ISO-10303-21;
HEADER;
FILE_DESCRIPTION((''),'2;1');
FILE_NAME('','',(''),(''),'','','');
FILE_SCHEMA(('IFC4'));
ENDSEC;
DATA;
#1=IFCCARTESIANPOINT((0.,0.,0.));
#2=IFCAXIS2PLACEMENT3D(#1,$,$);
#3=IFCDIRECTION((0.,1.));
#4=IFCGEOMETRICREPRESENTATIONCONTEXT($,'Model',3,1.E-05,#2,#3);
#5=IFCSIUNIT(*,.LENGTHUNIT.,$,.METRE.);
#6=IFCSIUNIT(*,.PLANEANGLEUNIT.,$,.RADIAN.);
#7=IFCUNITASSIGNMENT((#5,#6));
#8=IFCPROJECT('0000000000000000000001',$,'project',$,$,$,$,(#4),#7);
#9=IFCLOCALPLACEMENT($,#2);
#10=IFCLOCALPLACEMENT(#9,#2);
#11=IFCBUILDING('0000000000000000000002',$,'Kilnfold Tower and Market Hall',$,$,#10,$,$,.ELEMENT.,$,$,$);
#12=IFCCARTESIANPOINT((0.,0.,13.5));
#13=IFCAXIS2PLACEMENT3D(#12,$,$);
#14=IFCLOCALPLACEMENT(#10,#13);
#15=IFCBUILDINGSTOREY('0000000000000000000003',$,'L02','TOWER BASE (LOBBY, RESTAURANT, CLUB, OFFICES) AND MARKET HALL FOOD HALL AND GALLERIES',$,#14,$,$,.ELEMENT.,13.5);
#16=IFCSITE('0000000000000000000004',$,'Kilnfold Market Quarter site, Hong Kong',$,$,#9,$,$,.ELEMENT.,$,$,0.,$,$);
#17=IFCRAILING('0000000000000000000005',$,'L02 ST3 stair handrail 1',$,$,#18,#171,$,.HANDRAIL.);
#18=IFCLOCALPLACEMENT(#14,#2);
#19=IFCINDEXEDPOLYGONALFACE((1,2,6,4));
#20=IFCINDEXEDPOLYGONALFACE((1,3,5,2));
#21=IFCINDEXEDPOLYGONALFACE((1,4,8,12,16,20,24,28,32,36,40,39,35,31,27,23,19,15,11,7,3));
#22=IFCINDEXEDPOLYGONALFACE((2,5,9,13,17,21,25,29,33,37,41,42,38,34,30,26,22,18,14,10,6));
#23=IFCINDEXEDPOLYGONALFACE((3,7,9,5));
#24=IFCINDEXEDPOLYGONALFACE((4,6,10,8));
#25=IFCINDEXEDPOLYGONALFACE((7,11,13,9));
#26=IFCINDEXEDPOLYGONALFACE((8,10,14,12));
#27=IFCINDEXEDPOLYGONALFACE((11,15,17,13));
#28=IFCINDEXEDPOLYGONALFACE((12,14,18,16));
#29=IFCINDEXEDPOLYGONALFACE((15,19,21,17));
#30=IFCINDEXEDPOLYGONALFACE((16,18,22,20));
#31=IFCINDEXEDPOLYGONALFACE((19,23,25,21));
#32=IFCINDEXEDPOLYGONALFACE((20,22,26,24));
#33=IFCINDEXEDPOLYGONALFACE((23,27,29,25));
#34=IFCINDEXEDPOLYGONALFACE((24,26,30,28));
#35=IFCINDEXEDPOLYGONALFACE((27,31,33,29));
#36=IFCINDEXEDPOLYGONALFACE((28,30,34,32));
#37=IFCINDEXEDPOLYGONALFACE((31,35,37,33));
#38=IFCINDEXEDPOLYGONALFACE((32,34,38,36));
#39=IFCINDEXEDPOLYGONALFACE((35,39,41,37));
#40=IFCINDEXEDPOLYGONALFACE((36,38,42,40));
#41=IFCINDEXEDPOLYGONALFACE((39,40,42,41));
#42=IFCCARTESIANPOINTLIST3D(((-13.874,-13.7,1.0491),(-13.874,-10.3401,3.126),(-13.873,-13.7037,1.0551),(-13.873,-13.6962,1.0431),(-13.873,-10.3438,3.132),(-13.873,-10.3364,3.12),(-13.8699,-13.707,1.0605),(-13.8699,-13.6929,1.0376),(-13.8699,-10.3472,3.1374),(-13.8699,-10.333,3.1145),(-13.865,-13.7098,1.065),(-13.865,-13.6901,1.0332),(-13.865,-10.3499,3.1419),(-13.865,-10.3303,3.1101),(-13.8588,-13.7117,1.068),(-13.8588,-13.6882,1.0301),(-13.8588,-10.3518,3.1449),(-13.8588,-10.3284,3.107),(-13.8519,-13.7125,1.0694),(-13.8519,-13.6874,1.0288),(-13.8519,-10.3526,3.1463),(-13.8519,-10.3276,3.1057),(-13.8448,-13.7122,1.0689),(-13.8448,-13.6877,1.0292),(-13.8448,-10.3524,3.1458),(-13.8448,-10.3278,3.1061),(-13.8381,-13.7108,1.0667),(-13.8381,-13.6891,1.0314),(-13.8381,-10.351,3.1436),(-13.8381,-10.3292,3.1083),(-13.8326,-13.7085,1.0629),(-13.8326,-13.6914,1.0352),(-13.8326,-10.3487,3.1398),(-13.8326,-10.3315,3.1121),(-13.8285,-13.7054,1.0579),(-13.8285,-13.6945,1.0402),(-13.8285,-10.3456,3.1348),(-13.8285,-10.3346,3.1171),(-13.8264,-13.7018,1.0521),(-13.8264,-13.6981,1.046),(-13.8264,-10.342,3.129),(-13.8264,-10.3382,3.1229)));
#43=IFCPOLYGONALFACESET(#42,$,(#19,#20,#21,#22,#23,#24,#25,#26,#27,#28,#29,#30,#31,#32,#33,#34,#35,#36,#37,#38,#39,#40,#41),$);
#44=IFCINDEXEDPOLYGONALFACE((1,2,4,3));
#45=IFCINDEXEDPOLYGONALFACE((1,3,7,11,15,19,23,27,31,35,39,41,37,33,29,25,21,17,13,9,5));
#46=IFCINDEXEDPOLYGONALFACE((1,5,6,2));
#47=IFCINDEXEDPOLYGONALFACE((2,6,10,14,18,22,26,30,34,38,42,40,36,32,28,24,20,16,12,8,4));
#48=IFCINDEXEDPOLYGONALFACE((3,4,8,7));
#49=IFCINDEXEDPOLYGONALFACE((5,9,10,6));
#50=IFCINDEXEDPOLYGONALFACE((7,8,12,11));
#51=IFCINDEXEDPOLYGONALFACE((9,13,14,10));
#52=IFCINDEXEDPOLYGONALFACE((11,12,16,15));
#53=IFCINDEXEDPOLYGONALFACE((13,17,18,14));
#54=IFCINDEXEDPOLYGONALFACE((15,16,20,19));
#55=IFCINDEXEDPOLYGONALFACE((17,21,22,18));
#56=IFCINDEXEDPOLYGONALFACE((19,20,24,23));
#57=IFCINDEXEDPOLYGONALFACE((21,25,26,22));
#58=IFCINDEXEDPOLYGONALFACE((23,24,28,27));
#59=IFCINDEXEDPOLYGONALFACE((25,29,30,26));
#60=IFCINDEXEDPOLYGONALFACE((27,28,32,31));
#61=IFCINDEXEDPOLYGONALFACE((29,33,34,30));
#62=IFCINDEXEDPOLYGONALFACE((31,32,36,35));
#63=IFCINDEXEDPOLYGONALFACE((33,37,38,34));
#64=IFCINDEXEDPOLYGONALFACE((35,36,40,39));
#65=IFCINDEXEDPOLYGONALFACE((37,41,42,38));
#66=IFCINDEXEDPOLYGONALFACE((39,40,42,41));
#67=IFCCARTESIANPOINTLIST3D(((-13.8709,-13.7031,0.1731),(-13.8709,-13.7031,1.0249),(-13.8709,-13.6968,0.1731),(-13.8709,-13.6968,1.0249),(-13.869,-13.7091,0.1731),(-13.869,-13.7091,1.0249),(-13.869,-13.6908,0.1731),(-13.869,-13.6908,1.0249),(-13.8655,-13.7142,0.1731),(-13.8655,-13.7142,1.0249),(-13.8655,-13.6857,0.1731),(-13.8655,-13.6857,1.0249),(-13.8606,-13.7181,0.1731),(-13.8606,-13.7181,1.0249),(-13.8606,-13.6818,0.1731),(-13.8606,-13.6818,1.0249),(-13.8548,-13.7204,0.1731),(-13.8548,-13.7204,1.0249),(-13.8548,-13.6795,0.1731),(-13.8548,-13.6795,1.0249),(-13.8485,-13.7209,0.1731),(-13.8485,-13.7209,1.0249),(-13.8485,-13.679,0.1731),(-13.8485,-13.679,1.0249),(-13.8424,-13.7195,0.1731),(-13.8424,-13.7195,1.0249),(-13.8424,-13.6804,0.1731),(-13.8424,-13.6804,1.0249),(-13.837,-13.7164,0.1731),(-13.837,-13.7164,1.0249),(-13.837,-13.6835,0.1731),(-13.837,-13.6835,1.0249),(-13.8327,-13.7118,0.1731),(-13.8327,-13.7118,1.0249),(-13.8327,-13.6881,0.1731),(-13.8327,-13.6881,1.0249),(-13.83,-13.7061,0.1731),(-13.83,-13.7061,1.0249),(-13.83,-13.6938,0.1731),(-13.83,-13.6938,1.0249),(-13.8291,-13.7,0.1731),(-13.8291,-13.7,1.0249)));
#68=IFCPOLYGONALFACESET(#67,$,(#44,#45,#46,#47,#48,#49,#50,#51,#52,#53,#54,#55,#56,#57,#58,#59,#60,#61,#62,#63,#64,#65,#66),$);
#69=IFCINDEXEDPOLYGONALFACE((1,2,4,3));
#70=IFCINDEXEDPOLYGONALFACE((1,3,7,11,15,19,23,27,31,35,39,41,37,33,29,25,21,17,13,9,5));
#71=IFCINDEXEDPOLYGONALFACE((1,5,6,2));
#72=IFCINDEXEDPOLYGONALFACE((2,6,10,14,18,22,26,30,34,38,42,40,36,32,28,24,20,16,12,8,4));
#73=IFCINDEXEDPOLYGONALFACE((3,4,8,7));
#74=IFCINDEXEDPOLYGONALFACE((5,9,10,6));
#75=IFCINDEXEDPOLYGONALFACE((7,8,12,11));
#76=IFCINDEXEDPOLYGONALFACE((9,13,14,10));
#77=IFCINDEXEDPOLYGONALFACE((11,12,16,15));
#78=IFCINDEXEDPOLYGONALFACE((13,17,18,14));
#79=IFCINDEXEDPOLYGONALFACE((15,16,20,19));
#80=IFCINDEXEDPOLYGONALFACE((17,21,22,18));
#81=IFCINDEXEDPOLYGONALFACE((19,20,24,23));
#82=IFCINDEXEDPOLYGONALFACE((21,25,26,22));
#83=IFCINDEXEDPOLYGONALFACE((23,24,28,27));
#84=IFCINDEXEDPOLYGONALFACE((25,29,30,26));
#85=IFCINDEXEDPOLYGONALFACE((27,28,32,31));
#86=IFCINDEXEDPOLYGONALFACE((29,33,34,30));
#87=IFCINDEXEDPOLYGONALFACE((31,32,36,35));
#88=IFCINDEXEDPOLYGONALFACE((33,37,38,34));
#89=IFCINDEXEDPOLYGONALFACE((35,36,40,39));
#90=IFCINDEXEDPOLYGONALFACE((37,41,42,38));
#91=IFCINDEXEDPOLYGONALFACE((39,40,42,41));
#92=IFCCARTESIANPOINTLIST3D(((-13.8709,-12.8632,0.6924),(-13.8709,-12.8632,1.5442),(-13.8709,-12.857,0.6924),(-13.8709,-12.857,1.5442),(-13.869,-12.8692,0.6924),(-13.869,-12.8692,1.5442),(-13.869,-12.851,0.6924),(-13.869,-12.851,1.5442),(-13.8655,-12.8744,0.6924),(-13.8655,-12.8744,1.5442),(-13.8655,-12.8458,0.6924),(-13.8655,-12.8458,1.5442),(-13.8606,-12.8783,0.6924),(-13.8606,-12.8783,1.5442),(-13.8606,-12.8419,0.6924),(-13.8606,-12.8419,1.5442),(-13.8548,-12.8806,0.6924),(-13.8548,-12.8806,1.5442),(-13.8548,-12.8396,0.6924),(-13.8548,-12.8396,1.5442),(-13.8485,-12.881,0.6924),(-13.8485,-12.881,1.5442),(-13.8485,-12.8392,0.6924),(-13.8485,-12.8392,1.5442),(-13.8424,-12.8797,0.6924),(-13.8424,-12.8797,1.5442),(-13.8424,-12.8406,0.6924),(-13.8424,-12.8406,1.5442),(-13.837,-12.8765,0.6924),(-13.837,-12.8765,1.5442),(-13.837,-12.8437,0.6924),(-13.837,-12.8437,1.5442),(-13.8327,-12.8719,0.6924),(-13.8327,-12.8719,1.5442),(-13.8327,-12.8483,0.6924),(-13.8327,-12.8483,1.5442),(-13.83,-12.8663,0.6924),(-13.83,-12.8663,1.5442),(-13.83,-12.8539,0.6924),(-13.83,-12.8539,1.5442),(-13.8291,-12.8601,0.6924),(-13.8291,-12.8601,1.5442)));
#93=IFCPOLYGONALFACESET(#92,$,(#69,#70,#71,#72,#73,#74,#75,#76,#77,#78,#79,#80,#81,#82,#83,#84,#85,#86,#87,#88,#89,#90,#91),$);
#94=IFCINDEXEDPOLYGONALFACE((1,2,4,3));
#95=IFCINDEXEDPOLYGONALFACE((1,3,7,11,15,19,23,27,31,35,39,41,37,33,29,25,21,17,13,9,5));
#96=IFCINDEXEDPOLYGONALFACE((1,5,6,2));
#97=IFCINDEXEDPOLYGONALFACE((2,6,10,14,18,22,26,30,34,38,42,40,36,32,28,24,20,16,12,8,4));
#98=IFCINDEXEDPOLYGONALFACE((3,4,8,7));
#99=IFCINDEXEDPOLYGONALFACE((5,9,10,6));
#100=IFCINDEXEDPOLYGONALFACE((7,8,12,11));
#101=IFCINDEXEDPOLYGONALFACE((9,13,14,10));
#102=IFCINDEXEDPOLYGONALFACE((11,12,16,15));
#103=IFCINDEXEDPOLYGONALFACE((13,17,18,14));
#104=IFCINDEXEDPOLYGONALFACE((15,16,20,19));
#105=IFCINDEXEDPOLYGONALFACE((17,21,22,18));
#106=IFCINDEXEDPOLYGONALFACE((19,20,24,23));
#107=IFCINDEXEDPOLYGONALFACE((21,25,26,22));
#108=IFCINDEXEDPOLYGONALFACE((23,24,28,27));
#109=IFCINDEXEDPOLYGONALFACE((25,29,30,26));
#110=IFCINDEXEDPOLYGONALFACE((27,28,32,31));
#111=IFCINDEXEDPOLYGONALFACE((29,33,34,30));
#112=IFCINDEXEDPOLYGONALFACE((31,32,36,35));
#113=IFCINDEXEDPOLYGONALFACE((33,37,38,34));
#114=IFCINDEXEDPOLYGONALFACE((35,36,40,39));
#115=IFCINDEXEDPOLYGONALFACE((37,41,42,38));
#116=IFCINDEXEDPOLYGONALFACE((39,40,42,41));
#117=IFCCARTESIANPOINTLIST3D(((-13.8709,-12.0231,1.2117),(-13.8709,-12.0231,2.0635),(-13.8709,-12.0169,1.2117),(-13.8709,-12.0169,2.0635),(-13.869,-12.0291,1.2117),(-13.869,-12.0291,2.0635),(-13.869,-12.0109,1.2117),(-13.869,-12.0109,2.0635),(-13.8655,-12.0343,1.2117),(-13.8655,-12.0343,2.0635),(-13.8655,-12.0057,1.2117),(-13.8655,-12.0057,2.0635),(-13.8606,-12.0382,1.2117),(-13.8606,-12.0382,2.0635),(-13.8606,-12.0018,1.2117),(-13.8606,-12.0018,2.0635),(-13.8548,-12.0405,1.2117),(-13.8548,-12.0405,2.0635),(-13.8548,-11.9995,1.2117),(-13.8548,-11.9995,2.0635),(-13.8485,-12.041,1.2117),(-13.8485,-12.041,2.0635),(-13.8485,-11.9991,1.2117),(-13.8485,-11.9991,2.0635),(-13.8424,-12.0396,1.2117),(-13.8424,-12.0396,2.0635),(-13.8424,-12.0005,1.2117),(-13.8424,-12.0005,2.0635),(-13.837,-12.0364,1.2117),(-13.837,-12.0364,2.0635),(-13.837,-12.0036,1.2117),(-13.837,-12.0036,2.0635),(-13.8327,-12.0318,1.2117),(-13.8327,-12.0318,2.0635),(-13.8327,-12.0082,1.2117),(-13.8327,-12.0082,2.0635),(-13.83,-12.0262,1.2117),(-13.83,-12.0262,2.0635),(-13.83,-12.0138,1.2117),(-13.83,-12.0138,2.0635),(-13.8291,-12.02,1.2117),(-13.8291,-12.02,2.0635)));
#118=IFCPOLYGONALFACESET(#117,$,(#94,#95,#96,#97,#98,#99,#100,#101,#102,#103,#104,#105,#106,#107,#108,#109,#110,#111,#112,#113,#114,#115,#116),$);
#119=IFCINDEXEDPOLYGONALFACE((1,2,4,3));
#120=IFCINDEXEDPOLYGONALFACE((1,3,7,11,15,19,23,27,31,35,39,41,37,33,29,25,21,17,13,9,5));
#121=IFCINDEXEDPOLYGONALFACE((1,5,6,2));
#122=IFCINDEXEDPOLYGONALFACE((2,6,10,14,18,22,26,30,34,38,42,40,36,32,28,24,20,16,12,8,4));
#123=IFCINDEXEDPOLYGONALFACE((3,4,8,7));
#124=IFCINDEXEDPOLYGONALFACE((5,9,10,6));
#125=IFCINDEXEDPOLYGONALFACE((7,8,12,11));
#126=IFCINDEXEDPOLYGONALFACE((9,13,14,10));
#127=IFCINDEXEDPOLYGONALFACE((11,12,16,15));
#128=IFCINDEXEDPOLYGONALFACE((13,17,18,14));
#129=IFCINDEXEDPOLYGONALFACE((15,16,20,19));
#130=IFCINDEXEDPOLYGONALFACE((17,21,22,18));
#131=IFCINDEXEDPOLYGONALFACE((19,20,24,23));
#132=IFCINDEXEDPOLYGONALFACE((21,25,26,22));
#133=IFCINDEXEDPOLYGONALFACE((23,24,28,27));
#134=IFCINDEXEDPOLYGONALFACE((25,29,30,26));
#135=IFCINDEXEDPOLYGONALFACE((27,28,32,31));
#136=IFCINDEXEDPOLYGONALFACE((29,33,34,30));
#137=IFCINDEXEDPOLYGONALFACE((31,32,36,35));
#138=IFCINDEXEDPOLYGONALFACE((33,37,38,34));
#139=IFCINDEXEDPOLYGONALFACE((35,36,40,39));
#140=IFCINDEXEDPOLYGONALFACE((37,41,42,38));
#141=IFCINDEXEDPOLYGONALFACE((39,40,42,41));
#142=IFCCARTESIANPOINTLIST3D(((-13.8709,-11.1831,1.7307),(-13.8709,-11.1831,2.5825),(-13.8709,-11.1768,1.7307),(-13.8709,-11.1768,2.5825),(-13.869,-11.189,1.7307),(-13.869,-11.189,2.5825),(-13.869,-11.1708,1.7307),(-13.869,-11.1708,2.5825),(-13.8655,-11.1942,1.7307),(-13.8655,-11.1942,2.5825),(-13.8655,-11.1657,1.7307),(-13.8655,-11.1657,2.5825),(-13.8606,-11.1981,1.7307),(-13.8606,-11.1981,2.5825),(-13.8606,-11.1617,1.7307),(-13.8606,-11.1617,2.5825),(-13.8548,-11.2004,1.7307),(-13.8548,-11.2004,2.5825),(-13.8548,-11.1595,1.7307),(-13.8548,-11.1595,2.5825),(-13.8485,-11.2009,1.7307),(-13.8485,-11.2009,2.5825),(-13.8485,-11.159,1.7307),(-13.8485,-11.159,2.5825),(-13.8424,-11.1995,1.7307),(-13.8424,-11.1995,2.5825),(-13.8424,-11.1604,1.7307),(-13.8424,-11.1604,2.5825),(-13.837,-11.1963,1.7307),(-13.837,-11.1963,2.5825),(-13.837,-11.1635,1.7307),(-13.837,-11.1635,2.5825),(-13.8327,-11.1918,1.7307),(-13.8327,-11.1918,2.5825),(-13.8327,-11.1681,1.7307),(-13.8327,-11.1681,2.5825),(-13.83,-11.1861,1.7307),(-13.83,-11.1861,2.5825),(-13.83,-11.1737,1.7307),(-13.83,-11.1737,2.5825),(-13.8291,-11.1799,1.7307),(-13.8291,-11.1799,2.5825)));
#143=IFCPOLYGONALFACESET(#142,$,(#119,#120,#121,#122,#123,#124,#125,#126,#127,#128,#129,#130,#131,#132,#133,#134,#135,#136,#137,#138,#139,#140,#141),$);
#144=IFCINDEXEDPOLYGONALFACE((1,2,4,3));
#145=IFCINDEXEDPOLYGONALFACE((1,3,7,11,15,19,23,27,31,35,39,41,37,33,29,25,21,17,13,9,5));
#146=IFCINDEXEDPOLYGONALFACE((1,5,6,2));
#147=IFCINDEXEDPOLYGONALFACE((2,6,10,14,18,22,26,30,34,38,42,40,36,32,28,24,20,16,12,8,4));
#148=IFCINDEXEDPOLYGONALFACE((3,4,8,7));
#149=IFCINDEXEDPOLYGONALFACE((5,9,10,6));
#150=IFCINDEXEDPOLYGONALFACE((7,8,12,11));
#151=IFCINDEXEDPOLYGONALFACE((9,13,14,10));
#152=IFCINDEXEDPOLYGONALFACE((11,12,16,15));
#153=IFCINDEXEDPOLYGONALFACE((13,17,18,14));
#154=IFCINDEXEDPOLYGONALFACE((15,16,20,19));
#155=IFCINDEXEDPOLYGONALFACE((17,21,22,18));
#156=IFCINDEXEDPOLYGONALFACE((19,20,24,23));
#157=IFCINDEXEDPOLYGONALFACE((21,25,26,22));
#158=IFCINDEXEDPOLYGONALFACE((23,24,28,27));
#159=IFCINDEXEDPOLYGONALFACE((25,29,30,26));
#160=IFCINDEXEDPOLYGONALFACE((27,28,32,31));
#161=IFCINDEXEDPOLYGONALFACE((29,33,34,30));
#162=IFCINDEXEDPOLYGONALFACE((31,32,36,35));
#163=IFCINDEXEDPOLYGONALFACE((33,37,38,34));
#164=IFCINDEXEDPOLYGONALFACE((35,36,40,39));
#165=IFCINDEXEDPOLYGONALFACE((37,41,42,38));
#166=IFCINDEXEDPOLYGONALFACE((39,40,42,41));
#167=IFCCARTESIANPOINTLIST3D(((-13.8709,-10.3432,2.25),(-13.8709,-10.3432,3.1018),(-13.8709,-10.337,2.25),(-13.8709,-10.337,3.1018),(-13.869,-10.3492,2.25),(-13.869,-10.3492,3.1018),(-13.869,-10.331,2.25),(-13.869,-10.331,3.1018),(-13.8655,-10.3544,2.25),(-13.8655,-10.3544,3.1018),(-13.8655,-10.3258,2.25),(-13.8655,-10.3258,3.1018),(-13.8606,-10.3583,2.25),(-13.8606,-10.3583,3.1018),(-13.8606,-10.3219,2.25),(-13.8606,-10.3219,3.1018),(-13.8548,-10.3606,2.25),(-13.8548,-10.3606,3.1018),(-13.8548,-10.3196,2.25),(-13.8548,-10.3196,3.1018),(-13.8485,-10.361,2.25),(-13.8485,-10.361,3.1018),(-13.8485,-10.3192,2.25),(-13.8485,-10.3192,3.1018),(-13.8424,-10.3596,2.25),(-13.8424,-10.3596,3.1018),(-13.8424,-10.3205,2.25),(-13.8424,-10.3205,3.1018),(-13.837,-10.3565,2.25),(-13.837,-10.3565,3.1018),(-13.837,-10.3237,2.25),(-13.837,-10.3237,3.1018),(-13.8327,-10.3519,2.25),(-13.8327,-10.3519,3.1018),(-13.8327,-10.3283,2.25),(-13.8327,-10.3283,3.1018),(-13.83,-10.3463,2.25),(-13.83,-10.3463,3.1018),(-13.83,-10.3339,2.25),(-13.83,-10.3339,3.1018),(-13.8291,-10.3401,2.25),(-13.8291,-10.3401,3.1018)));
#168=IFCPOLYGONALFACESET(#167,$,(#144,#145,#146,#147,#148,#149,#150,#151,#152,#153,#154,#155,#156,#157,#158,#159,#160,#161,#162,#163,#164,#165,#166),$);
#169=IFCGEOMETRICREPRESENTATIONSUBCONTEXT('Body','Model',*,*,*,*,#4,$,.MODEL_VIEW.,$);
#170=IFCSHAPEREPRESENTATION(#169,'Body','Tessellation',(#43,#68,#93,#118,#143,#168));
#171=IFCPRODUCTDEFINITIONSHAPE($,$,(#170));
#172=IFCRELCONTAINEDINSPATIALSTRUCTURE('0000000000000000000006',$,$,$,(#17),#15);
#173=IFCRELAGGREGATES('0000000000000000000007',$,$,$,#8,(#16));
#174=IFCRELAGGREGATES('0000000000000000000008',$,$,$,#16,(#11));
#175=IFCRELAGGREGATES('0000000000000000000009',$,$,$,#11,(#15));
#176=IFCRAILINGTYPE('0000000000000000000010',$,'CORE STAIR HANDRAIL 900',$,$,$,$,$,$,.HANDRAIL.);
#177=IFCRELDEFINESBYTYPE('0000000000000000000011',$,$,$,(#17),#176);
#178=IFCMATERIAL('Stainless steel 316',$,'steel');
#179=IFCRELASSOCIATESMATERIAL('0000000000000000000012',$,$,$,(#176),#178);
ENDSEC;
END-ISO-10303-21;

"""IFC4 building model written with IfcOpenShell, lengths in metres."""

from ifc_helpers import new_model, si_unit, direction, frame, origin, origin_2d, place, context, subcontext, project, spatial, circle, extrude, material, type_object, element, save


model = new_model("IFC4")

# Units and contexts
model_context = context("Model", 3, precision=1e-05, world=origin(), true_north=direction((0.0, 1.0)))
body_context = subcontext(model_context, "Body", "Model", "MODEL_VIEW")
ifc_project = project(units=[si_unit("LENGTHUNIT", "METRE"), si_unit("PLANEANGLEUNIT", "RADIAN")], contexts=[model_context])

# Site, building, storey
site_placement = place(None, origin())
site = spatial("IfcSite", under=ifc_project, at=site_placement, Name="Kilnfold Market Quarter site, Hong Kong", CompositionType="ELEMENT", RefElevation=0.0)
building_placement = place(site_placement, origin())
building = spatial("IfcBuilding", under=site, at=building_placement, Name="Kilnfold Tower and Market Hall", CompositionType="ELEMENT")
storey_placement = place(building_placement, frame((0.0, 0.0, 13.5)))
storey = spatial("IfcBuildingStorey", under=building, at=storey_placement, Name="L02", Description="TOWER BASE (LOBBY, RESTAURANT, CLUB, OFFICES) AND MARKET HALL FOOD HALL AND GALLERIES", CompositionType="ELEMENT", Elevation=13.5)

# Railing
ifc_material_1 = material(Name="Stainless steel 316", Category="steel")
railing_type_1 = type_object("IfcRailingType", Name="CORE STAIR HANDRAIL 900", PredefinedType="HANDRAIL", material=ifc_material_1)
railing_1_placement = place(storey_placement, frame((-13.8501, -13.7, 0.1731)))
element("IfcRailing", 1, at=railing_1_placement, inside=storey, type_object=railing_type_1, Name="L02 ST3 stair handrail 1", PredefinedType="HANDRAIL", context=body_context, shape_type="SweptSolid", body=[
    extrude(circle(Radius=0.0239, at=origin_2d()), frame((0.0, 0.0, 0.876), z_axis=(0.0, 0.850606, 0.525803), x_axis=(-1.0, 0.0, 0.0)), (0.0, 0.0, 1.0), 3.95),
    extrude(circle(Radius=0.021, at=origin_2d()), origin(), (0.0, 0.0, 1.0), 0.8518),
    extrude(circle(Radius=0.021, at=origin_2d()), frame((0.0, 0.8398, 0.5193)), (0.0, 0.0, 1.0), 0.8518),
    extrude(circle(Radius=0.021, at=origin_2d()), frame((0.0, 1.6799, 1.0386)), (0.0, 0.0, 1.0), 0.8518),
    extrude(circle(Radius=0.021, at=origin_2d()), frame((0.0, 2.52, 1.5576)), (0.0, 0.0, 1.0), 0.8518),
    extrude(circle(Radius=0.021, at=origin_2d()), frame((0.0, 3.3599, 2.0769)), (0.0, 0.0, 1.0), 0.8518),
])

save(model, "model.ifc")
